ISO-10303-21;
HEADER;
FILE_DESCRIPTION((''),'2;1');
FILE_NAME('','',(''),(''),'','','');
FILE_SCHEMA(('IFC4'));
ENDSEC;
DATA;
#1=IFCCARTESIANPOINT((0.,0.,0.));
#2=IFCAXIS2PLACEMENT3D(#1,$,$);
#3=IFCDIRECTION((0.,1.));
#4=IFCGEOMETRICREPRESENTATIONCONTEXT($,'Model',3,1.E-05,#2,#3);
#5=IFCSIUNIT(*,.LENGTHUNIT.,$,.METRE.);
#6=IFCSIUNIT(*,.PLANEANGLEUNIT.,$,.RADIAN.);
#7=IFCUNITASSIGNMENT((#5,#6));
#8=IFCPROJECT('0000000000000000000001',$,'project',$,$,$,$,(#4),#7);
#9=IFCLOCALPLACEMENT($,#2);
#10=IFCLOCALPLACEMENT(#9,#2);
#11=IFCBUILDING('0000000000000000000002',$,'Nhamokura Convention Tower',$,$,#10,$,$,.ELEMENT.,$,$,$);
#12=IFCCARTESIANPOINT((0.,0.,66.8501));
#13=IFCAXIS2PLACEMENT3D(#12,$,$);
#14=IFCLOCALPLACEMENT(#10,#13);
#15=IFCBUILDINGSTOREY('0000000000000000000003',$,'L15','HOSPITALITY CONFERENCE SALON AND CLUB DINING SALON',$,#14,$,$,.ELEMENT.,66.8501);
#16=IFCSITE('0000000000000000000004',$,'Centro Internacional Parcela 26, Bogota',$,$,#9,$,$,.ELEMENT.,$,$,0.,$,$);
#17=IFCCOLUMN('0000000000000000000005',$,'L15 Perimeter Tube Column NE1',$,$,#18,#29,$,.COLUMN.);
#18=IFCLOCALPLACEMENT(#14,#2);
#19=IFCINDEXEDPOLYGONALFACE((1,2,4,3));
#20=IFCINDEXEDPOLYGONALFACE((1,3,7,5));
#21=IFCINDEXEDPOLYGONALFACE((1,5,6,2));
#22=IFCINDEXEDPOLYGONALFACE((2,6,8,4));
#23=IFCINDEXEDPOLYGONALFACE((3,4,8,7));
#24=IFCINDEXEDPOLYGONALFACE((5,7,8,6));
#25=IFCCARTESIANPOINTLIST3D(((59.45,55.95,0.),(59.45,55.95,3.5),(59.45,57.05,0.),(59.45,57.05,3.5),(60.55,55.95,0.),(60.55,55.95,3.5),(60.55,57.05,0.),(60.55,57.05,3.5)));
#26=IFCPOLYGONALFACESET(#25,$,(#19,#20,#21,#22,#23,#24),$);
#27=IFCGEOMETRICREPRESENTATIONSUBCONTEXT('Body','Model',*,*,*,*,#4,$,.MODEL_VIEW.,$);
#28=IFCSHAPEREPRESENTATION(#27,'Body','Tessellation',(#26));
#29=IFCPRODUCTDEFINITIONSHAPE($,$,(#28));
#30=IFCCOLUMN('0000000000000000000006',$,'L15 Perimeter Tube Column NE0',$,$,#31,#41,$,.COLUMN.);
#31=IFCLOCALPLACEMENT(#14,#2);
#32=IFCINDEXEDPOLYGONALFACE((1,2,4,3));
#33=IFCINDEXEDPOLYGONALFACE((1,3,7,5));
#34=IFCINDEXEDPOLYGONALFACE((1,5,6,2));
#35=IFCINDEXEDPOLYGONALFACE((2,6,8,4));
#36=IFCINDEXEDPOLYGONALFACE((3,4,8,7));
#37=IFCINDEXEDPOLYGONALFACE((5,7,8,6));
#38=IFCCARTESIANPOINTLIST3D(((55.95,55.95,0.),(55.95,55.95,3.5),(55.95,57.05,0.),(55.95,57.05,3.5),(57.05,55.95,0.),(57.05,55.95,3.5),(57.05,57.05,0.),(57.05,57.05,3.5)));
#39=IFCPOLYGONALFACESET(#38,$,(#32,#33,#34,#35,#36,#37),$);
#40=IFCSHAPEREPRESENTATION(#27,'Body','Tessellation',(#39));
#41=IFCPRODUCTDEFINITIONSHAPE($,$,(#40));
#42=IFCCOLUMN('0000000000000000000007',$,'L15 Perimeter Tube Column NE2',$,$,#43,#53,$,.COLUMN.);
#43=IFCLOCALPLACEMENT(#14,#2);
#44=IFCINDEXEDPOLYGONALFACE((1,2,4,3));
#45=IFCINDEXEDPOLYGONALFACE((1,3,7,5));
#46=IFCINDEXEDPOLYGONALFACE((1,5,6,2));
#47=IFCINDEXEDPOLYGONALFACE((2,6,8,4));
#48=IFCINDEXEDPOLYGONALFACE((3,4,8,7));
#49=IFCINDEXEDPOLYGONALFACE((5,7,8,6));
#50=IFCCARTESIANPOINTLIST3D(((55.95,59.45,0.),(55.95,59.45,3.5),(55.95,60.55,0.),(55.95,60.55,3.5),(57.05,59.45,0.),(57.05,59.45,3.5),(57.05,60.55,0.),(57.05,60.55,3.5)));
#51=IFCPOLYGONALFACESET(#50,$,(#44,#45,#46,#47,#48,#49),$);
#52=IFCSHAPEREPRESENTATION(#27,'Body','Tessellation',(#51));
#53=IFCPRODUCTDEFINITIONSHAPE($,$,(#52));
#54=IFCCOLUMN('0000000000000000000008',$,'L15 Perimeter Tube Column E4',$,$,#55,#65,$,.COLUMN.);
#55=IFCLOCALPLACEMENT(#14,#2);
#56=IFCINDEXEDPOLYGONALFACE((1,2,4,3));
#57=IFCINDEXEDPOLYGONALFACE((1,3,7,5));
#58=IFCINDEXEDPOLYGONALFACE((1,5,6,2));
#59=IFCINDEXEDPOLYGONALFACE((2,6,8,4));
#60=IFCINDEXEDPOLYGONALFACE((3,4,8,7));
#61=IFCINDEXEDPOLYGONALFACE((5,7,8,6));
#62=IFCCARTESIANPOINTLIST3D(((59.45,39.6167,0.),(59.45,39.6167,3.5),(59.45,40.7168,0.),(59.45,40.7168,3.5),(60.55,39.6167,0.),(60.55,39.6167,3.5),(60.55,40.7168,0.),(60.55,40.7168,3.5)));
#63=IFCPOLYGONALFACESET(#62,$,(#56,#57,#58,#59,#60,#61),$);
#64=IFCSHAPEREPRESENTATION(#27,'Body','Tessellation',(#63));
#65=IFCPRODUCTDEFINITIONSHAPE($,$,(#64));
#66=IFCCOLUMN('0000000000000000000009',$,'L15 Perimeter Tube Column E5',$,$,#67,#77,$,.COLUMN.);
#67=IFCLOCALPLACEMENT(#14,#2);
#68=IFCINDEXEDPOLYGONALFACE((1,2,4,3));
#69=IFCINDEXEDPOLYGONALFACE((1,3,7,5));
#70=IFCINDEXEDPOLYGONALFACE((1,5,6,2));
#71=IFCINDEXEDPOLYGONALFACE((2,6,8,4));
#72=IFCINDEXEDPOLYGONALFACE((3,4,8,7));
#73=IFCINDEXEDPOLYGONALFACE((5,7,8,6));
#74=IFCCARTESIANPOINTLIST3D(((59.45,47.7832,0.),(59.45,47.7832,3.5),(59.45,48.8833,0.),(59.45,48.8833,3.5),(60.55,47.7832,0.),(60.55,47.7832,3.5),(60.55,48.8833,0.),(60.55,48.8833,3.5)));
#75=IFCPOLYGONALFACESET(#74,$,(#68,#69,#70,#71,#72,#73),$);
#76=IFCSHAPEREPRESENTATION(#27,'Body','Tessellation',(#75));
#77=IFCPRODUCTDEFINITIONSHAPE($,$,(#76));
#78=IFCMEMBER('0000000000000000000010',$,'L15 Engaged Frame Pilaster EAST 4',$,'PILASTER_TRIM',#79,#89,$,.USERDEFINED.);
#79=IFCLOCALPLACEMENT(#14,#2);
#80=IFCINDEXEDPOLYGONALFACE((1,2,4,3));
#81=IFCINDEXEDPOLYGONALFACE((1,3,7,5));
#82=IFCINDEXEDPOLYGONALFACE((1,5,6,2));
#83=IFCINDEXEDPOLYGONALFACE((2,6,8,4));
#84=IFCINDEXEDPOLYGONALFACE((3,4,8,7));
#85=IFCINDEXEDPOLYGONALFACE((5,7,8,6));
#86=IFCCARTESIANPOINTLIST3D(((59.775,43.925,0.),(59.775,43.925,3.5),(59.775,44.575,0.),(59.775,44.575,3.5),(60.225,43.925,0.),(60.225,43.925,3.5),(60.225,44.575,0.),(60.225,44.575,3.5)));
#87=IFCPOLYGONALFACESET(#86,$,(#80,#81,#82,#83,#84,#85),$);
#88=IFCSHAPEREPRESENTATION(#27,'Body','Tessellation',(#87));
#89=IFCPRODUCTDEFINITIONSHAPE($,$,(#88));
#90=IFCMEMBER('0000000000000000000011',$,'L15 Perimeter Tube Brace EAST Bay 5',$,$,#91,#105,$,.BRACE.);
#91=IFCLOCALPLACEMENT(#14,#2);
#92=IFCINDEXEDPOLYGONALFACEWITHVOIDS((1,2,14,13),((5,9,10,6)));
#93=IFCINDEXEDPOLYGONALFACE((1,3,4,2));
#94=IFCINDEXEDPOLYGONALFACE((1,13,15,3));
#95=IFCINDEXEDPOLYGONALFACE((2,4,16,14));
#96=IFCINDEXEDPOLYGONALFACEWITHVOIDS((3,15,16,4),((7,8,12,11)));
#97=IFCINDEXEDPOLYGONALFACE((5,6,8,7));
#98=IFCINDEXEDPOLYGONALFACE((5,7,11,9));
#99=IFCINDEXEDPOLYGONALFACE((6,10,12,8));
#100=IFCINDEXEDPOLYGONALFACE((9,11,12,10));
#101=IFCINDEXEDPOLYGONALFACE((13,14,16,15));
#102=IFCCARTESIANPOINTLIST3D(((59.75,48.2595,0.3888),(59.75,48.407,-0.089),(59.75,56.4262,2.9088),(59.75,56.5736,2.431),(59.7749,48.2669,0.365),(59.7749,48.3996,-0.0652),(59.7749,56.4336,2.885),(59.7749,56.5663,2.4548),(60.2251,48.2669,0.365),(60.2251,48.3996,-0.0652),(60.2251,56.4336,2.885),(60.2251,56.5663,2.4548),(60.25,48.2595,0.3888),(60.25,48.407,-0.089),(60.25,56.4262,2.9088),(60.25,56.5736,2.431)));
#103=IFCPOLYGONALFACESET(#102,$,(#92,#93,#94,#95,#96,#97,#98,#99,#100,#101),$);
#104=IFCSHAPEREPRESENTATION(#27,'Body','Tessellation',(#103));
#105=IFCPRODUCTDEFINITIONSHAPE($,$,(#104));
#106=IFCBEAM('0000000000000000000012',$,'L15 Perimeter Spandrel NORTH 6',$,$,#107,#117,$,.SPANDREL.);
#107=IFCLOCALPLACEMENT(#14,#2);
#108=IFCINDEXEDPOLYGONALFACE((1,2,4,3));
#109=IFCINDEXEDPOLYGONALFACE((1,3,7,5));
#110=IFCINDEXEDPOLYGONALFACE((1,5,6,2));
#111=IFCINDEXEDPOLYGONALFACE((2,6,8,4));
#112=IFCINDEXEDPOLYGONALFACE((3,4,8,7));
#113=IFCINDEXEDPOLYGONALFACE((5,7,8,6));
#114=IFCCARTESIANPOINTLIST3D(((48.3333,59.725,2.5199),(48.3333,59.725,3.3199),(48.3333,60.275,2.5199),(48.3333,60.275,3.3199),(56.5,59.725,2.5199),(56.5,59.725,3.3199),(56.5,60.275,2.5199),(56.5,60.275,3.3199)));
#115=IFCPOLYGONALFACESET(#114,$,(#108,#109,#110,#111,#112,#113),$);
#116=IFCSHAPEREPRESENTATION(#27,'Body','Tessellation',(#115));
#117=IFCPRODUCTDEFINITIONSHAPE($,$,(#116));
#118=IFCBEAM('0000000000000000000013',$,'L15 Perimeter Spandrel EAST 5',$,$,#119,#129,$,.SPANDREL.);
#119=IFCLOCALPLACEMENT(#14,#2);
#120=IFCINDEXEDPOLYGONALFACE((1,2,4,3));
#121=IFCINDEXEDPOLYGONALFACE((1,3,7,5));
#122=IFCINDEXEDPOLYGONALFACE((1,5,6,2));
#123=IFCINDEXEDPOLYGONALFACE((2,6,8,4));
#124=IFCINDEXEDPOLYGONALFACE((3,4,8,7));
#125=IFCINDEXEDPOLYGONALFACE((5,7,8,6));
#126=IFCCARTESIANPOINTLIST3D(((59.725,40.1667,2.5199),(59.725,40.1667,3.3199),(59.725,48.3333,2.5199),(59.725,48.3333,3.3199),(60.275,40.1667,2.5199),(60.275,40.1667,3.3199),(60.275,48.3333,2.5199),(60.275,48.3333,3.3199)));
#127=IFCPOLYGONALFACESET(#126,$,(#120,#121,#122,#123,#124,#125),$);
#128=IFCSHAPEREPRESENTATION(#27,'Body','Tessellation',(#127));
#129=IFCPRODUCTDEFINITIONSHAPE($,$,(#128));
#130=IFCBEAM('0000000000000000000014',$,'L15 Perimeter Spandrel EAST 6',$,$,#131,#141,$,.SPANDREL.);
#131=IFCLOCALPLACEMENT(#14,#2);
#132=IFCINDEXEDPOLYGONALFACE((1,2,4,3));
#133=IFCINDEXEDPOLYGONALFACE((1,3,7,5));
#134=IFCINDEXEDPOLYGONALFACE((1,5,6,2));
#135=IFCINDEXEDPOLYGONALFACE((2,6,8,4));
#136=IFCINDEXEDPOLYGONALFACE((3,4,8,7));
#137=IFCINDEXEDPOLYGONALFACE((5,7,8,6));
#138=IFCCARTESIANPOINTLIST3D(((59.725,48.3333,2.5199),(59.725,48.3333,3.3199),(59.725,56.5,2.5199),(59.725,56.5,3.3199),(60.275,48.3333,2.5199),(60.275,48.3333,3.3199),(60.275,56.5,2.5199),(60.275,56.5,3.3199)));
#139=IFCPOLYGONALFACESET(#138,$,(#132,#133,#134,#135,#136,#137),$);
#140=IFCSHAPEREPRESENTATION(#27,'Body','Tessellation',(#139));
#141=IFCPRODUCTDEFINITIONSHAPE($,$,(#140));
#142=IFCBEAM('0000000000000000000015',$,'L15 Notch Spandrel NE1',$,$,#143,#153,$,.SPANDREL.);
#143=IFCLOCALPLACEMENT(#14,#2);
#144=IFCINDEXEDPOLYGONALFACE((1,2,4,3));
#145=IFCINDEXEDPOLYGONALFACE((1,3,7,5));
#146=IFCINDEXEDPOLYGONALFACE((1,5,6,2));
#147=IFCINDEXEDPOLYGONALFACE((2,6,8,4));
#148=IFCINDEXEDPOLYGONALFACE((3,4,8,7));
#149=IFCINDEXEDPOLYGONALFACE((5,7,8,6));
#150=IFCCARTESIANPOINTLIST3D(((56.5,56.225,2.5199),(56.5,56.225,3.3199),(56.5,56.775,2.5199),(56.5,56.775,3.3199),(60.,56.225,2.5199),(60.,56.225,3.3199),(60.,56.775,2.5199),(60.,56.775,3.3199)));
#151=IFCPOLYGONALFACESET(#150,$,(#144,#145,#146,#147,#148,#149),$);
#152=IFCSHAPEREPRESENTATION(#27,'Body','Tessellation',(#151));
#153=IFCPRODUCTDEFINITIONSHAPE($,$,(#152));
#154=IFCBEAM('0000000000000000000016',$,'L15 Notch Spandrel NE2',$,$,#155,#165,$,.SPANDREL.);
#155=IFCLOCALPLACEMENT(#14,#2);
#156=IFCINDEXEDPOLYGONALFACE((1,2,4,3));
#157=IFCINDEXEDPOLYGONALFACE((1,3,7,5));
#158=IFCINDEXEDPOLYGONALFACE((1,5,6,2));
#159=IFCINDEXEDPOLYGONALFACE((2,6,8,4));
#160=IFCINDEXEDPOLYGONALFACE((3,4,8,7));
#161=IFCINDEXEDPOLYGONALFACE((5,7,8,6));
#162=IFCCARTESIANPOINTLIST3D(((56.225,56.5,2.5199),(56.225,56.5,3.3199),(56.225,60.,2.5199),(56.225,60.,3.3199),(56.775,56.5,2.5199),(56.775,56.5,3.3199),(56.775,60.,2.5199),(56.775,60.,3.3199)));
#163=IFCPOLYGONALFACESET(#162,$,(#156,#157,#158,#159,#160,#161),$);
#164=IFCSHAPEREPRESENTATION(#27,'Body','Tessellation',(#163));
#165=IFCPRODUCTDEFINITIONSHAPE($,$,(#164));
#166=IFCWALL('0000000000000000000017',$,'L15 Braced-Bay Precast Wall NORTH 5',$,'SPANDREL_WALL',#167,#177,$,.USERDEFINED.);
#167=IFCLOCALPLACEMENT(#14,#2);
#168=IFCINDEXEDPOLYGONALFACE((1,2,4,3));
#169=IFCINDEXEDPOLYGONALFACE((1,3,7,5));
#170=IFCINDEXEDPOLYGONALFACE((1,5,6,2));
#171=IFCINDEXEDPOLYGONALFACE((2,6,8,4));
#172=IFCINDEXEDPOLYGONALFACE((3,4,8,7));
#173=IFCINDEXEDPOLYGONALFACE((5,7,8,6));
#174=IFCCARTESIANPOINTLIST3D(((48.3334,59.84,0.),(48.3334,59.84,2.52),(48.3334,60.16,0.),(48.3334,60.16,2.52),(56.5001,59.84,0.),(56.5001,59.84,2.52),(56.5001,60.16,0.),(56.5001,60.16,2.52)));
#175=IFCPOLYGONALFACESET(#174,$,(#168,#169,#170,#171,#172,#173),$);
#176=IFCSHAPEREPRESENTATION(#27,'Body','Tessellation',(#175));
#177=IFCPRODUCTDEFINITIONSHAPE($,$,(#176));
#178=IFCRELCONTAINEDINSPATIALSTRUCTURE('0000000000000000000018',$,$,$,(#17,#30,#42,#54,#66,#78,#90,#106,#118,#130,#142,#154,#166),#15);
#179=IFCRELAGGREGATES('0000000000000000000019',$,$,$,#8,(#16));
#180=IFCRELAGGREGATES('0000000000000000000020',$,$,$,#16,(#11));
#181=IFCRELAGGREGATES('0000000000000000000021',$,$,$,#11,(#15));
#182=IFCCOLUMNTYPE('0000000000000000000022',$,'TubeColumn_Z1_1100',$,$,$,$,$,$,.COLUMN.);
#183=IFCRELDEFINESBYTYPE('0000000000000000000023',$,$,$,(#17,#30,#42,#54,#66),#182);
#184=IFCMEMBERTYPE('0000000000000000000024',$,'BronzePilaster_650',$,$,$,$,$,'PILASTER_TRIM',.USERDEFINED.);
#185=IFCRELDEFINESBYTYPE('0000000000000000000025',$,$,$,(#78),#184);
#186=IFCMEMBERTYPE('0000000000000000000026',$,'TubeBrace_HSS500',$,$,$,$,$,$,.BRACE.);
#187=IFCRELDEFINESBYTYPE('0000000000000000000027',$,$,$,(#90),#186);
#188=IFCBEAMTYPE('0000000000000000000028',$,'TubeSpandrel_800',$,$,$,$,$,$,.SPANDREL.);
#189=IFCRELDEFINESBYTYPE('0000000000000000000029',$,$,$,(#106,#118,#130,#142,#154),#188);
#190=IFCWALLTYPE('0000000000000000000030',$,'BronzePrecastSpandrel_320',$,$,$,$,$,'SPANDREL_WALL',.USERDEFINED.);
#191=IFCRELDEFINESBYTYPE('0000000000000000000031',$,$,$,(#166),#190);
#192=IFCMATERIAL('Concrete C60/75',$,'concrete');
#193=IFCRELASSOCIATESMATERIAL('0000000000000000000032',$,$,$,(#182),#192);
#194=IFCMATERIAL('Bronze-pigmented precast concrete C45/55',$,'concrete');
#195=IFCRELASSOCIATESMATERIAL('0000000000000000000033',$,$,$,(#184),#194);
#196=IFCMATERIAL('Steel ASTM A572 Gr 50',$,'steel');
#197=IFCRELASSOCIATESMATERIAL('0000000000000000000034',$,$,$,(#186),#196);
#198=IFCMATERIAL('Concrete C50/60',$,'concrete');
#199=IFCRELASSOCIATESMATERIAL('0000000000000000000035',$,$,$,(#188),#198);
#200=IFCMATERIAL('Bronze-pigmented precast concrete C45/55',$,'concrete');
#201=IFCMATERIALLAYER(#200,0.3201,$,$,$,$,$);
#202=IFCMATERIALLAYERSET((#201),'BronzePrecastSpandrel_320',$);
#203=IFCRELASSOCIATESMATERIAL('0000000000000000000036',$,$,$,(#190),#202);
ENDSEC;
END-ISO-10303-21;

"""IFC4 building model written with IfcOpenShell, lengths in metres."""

from ifc_helpers import new_model, si_unit, direction, frame, frame_2d, origin, origin_2d, place, context, subcontext, project, spatial, rectangle, hollow_rectangle, extrude, material, layer, layer_set, material_profile, profile_set, type_object, element, save


model = new_model("IFC4")

# Units and contexts
model_context = context("Model", 3, precision=1e-05, world=origin(), true_north=direction((0.0, 1.0)))
body_context = subcontext(model_context, "Body", "Model", "MODEL_VIEW")
ifc_project = project(units=[si_unit("LENGTHUNIT", "METRE"), si_unit("PLANEANGLEUNIT", "RADIAN")], contexts=[model_context])

# Site, building, storey
site_placement = place(None, origin())
site = spatial("IfcSite", under=ifc_project, at=site_placement, Name="Centro Internacional Parcela 26, Bogota", CompositionType="ELEMENT", RefElevation=0.0)
building_placement = place(site_placement, origin())
building = spatial("IfcBuilding", under=site, at=building_placement, Name="Nhamokura Convention Tower", CompositionType="ELEMENT")
storey_placement = place(building_placement, frame((0.0, 0.0, 66.8501)))
storey = spatial("IfcBuildingStorey", under=building, at=storey_placement, Name="L15", Description="HOSPITALITY CONFERENCE SALON AND CLUB DINING SALON", CompositionType="ELEMENT", Elevation=66.8501)

# Columns
ifc_material_1 = material(Name="Concrete C60/75", Category="concrete")
ifc_material_profile_1 = material_profile(ifc_material_1, rectangle(XDim=1.1001, YDim=1.1001, at=origin_2d()))
ifc_profile_set_1 = profile_set([ifc_material_profile_1], Name="Concrete C60/75")
column_type = type_object("IfcColumnType", Name="TubeColumn_Z1_1100", PredefinedType="COLUMN", material=ifc_profile_set_1)
for number, where, z_axis, x_axis, name in (
    (1, (60.0, 56.5, 0.0), (0.0, 0.0, 1.0), (1.0, 0.0, 0.0), "L15 Perimeter Tube Column NE1"),
    (2, (56.5, 56.5, 0.0), (0.0, 0.0, 1.0), (1.0, 0.0, 0.0), "L15 Perimeter Tube Column NE0"),
    (3, (56.5, 60.0, 0.0), (0.0, 0.0, 1.0), (1.0, 0.0, 0.0), "L15 Perimeter Tube Column NE2"),
    (4, (60.0, 40.1667, 0.0), (0.0, 0.0, 1.0), (1.0, 0.0, 0.0), "L15 Perimeter Tube Column E4"),
    (5, (60.0, 48.3333, 0.0), (0.0, 0.0, 1.0), (1.0, 0.0, 0.0), "L15 Perimeter Tube Column E5"),
):
    element("IfcColumn", number, at=place(storey_placement, frame(where, z_axis=z_axis, x_axis=x_axis)), inside=storey, type_object=column_type, Name=name, PredefinedType="COLUMN", context=body_context, shape_type="SweptSolid", body=[
        extrude(rectangle(XDim=1.1001, YDim=1.1001, at=origin_2d()), origin(), (0.0, 0.0, 1.0), 3.5),
    ])

# Members
ifc_material_2 = material(Name="Bronze-pigmented precast concrete C45/55", Category="concrete")
ifc_material_profile_2 = material_profile(ifc_material_2, rectangle(XDim=0.45, YDim=0.6499, at=origin_2d()))
ifc_profile_set_2 = profile_set([ifc_material_profile_2], Name="Bronze-pigmented precast concrete C45/55")
member_type_1 = type_object("IfcMemberType", Name="BronzePilaster_650", ElementType="PILASTER_TRIM", PredefinedType="USERDEFINED", material=ifc_profile_set_2)
member_1_placement = place(storey_placement, frame((60.0, 44.25, 0.0), z_axis=(0.0, 0.0, 1.0), x_axis=(1.0, 0.0, 0.0)))
element("IfcMember", 6, at=member_1_placement, inside=storey, type_object=member_type_1, Name="L15 Engaged Frame Pilaster EAST 4", ObjectType="PILASTER_TRIM", PredefinedType="USERDEFINED", context=body_context, shape_type="SweptSolid", body=[
    extrude(rectangle(XDim=0.45, YDim=0.6499, at=origin_2d()), origin(), (0.0, 0.0, 1.0), 3.5),
])
ifc_material_3 = material(Name="Steel ASTM A572 Gr 50", Category="steel")
ifc_material_profile_3 = material_profile(ifc_material_3, hollow_rectangle(XDim=0.5, YDim=0.5, WallThickness=0.0249, at=origin_2d()))
ifc_profile_set_3 = profile_set([ifc_material_profile_3], Name="Steel ASTM A572 Gr 50")
member_type_2 = type_object("IfcMemberType", Name="TubeBrace_HSS500", PredefinedType="BRACE", material=ifc_profile_set_3)
member_2_placement = place(storey_placement, frame((60.0, 48.3333, 0.1499), z_axis=(0.0, 0.955543, 0.294853), x_axis=(-1.0, 0.0, 0.0)))
element("IfcMember", 7, at=member_2_placement, inside=storey, type_object=member_type_2, Name="L15 Perimeter Tube Brace EAST Bay 5", PredefinedType="BRACE", context=body_context, shape_type="SweptSolid", body=[
    extrude(hollow_rectangle(XDim=0.5, YDim=0.5, WallThickness=0.0249, at=origin_2d()), origin(), (0.0, 0.0, 1.0), 8.5466),
])

# Beams
ifc_material_4 = material(Name="Concrete C50/60", Category="concrete")
ifc_material_profile_4 = material_profile(ifc_material_4, rectangle(XDim=0.55, YDim=0.8, at=origin_2d()))
ifc_profile_set_4 = profile_set([ifc_material_profile_4], Name="Concrete C50/60")
beam_type = type_object("IfcBeamType", Name="TubeSpandrel_800", PredefinedType="SPANDREL", material=ifc_profile_set_4)
beam_1_placement = place(storey_placement, frame((48.3333, 60.0, 2.9199), z_axis=(1.0, 0.0, 0.0), x_axis=(0.0, 1.0, 0.0)))
element("IfcBeam", 8, at=beam_1_placement, inside=storey, type_object=beam_type, Name="L15 Perimeter Spandrel NORTH 6", PredefinedType="SPANDREL", context=body_context, shape_type="SweptSolid", body=[
    extrude(rectangle(XDim=0.55, YDim=0.8, at=origin_2d()), origin(), (0.0, 0.0, 1.0), 8.1667),
])
beam_2_placement = place(storey_placement, frame((60.0, 40.1667, 2.9199), z_axis=(0.0, 1.0, 0.0), x_axis=(-1.0, 0.0, 0.0)))
element("IfcBeam", 9, at=beam_2_placement, inside=storey, type_object=beam_type, Name="L15 Perimeter Spandrel EAST 5", PredefinedType="SPANDREL", context=body_context, shape_type="SweptSolid", body=[
    extrude(rectangle(XDim=0.55, YDim=0.8, at=origin_2d()), origin(), (0.0, 0.0, 1.0), 8.1665),
])
beam_3_placement = place(storey_placement, frame((60.0, 48.3333, 2.9199), z_axis=(0.0, 1.0, 0.0), x_axis=(-1.0, 0.0, 0.0)))
element("IfcBeam", 10, at=beam_3_placement, inside=storey, type_object=beam_type, Name="L15 Perimeter Spandrel EAST 6", PredefinedType="SPANDREL", context=body_context, shape_type="SweptSolid", body=[
    extrude(rectangle(XDim=0.55, YDim=0.8, at=origin_2d()), origin(), (0.0, 0.0, 1.0), 8.1667),
])
for number, where, z_axis, x_axis, name in (
    (11, (60.0, 56.5, 2.9199), (-1.0, 0.0, 0.0), (0.0, -1.0, 0.0), "L15 Notch Spandrel NE1"),
    (12, (56.5, 56.5, 2.9199), (0.0, 1.0, 0.0), (-1.0, 0.0, 0.0), "L15 Notch Spandrel NE2"),
):
    element("IfcBeam", number, at=place(storey_placement, frame(where, z_axis=z_axis, x_axis=x_axis)), inside=storey, type_object=beam_type, Name=name, PredefinedType="SPANDREL", context=body_context, shape_type="SweptSolid", body=[
        extrude(rectangle(XDim=0.55, YDim=0.8, at=origin_2d()), origin(), (0.0, 0.0, 1.0), 3.5),
    ])

# Wall
ifc_material_5 = material(Name="Bronze-pigmented precast concrete C45/55", Category="concrete")
ifc_layer = layer(ifc_material_5, 0.3201)
ifc_layer_set = layer_set([ifc_layer], Name="BronzePrecastSpandrel_320")
wall_type = type_object("IfcWallType", Name="BronzePrecastSpandrel_320", ElementType="SPANDREL_WALL", PredefinedType="USERDEFINED", material=ifc_layer_set)
wall_1_placement = place(storey_placement, frame((48.3333, 60.0, 0.0), z_axis=(0.0, 0.0, 1.0), x_axis=(1.0, 0.0, 0.0)))
element("IfcWall", 13, at=wall_1_placement, inside=storey, type_object=wall_type, Name="L15 Braced-Bay Precast Wall NORTH 5", ObjectType="SPANDREL_WALL", PredefinedType="USERDEFINED", context=body_context, shape_type="SweptSolid", body=[
    extrude(rectangle(XDim=8.1667, YDim=0.3201, at=frame_2d((4.0835, 0.0))), origin(), (0.0, 0.0, 1.0), 2.52),
])

save(model, "model.ifc")
